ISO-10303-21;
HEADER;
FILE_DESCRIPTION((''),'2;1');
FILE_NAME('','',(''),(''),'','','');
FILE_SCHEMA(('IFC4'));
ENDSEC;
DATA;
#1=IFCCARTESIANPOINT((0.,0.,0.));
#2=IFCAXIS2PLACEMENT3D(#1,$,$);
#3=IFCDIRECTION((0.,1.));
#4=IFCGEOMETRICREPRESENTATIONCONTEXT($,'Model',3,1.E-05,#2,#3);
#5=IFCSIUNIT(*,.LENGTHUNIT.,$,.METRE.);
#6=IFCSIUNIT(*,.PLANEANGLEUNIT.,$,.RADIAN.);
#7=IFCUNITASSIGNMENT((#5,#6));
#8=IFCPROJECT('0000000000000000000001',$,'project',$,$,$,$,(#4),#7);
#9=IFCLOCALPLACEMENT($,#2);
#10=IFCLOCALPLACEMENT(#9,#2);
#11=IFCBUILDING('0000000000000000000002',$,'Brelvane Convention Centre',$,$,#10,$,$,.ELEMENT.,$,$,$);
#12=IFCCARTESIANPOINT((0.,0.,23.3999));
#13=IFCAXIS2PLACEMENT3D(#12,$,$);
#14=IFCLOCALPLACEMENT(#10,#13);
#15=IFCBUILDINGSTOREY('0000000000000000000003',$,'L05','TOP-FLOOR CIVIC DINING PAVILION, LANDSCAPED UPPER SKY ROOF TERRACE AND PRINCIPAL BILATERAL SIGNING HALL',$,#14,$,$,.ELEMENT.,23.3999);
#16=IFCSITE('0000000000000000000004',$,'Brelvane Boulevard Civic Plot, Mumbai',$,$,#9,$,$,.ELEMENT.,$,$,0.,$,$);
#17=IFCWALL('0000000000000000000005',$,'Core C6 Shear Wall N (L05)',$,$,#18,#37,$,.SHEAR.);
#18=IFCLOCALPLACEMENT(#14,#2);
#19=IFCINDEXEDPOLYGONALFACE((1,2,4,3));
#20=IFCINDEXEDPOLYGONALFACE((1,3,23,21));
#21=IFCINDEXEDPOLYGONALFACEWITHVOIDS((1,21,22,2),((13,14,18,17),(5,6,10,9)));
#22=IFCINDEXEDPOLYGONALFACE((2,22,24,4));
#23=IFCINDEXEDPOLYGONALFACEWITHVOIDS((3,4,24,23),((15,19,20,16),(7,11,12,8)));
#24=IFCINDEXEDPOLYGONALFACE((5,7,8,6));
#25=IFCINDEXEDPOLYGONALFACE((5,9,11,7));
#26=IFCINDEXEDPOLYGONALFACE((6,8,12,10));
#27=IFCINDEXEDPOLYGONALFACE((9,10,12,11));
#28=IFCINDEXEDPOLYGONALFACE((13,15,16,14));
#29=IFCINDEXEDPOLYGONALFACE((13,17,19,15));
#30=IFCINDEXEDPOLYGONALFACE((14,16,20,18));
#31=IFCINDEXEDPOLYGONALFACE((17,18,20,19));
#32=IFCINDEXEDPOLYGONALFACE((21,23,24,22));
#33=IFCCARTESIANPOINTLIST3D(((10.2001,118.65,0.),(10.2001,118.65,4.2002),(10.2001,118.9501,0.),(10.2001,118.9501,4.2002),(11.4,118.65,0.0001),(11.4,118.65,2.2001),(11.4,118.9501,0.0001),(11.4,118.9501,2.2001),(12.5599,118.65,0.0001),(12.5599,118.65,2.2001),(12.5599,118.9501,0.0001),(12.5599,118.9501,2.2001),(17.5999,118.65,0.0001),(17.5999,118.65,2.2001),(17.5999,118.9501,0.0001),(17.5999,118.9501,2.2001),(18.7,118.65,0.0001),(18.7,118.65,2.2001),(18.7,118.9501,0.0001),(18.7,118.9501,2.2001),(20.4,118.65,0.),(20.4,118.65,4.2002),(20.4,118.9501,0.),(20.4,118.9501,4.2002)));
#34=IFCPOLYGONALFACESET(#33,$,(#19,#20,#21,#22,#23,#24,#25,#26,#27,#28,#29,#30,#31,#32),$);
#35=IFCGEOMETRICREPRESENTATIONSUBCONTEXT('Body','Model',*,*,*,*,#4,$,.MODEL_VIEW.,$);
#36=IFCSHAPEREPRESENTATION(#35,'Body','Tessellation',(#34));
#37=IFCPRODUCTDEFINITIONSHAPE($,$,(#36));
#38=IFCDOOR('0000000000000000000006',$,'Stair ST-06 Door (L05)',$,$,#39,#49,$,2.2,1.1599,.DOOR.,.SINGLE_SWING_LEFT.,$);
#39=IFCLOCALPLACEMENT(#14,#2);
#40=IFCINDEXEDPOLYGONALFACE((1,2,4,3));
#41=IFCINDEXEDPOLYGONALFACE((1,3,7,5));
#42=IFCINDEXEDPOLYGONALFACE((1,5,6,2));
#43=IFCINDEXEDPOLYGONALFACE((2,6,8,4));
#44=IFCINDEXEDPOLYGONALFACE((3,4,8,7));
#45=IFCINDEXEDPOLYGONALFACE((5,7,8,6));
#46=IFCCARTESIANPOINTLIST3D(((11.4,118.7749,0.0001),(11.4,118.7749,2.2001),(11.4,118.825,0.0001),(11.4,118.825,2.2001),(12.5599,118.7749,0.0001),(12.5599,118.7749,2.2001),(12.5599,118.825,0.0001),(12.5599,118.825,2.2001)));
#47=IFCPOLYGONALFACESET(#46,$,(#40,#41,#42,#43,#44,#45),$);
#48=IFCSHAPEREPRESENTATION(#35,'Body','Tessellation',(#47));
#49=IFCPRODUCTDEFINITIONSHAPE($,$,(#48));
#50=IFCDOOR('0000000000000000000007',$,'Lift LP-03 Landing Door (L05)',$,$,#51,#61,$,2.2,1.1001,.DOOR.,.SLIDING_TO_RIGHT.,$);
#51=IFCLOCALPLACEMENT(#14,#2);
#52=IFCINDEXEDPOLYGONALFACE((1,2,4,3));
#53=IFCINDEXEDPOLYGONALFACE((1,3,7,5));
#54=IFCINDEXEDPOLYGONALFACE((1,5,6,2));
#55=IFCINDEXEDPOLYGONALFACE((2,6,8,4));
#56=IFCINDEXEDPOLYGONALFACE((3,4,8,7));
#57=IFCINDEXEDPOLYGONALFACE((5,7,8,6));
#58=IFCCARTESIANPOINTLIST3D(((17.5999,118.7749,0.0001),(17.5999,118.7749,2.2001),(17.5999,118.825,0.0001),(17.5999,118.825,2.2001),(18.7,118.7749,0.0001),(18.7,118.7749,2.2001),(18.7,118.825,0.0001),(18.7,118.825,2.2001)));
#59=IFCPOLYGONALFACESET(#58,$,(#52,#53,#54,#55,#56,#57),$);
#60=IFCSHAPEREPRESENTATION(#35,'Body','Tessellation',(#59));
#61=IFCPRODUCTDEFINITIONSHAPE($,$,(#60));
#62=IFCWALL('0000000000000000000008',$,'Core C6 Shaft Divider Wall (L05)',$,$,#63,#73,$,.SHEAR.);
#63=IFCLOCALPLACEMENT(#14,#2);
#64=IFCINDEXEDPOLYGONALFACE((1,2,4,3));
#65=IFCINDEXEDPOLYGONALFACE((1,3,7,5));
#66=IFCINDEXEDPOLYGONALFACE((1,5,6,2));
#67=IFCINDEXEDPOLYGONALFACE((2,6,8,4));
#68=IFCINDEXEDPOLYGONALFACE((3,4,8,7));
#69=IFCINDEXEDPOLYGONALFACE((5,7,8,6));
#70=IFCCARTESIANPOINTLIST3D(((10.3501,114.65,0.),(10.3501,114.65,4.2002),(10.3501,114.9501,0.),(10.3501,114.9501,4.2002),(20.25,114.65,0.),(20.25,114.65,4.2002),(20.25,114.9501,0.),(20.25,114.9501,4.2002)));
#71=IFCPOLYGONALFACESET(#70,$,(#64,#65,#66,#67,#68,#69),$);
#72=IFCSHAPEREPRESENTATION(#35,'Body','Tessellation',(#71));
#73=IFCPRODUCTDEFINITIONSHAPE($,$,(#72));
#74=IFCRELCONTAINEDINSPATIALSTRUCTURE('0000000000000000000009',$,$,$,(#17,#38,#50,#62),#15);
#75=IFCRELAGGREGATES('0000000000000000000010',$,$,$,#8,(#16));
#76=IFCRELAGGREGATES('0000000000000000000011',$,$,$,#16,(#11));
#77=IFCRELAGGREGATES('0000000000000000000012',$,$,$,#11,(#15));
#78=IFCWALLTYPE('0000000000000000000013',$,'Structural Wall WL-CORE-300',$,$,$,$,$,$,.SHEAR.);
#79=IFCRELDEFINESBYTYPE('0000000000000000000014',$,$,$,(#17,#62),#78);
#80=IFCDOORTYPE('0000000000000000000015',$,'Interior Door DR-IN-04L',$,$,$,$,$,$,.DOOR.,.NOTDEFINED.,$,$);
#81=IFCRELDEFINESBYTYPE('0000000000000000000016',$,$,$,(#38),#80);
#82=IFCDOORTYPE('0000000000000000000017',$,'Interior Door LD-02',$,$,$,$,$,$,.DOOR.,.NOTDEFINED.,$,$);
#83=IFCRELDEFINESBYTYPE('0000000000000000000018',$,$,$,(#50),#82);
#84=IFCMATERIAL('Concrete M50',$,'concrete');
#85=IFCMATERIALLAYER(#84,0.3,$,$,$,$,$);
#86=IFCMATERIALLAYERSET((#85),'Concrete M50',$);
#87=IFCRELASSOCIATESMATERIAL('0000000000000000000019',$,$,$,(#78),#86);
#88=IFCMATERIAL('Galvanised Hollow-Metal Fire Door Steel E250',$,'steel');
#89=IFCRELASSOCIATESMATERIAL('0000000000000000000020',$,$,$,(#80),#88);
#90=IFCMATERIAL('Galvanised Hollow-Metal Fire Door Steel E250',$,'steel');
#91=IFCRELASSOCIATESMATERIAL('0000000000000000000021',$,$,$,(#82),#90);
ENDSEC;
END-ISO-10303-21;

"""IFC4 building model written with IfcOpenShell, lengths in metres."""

from ifc_helpers import new_model, si_unit, direction, frame, frame_2d, origin, place, context, subcontext, project, spatial, rectangle, extrude, material, layer, layer_set, type_object, element, fill, save


model = new_model("IFC4")

# Units and contexts
model_context = context("Model", 3, precision=1e-05, world=origin(), true_north=direction((0.0, 1.0)))
body_context = subcontext(model_context, "Body", "Model", "MODEL_VIEW")
ifc_project = project(units=[si_unit("LENGTHUNIT", "METRE"), si_unit("PLANEANGLEUNIT", "RADIAN")], contexts=[model_context])

# Site, building, storey
site_placement = place(None, origin())
site = spatial("IfcSite", under=ifc_project, at=site_placement, Name="Brelvane Boulevard Civic Plot, Mumbai", CompositionType="ELEMENT", RefElevation=0.0)
building_placement = place(site_placement, origin())
building = spatial("IfcBuilding", under=site, at=building_placement, Name="Brelvane Convention Centre", CompositionType="ELEMENT")
storey_placement = place(building_placement, frame((0.0, 0.0, 23.3999)))
storey = spatial("IfcBuildingStorey", under=building, at=storey_placement, Name="L05", Description="TOP-FLOOR CIVIC DINING PAVILION, LANDSCAPED UPPER SKY ROOF TERRACE AND PRINCIPAL BILATERAL SIGNING HALL", CompositionType="ELEMENT", Elevation=23.3999)

# Wall, openings, doors
ifc_material_1 = material(Name="Concrete M50", Category="concrete")
ifc_layer_1 = layer(ifc_material_1, 0.3)
ifc_layer_set_1 = layer_set([ifc_layer_1], Name="Concrete M50")
wall_type_1 = type_object("IfcWallType", Name="Structural Wall WL-CORE-300", PredefinedType="SHEAR", material=ifc_layer_set_1)
wall_1_placement = place(storey_placement, frame((10.2, 118.8, 0.0), z_axis=(0.0, 0.0, 1.0), x_axis=(1.0, 0.0, 0.0)))
wall_1 = element("IfcWall", 1, at=wall_1_placement, inside=storey, type_object=wall_type_1, Name="Core C6 Shear Wall N (L05)", PredefinedType="SHEAR", context=body_context, shape_type="SweptSolid", body=[
    extrude(rectangle(XDim=10.2, YDim=0.3, at=frame_2d((5.1001, 0.0))), origin(), (0.0, 0.0, 1.0), 4.2002),
])
opening_1_placement = place(wall_1_placement, frame((1.2, 0.0, 0.0)))
opening_1 = element("IfcOpeningElement", 2, at=opening_1_placement, cuts=wall_1, PredefinedType="OPENING", context=body_context, shape_type="SweptSolid", body=[
    extrude(rectangle(XDim=1.1599, YDim=2.2, at=frame_2d((0.5801, 1.1001))), frame((0.0, 0.1599, 0.0), z_axis=(0.0, -1.0, 0.0), x_axis=(1.0, 0.0, 0.0)), (0.0, 0.0, 1.0), 0.3201),
])
opening_2_placement = place(wall_1_placement, frame((7.3999, 0.0, 0.0)))
opening_2 = element("IfcOpeningElement", 3, at=opening_2_placement, cuts=wall_1, PredefinedType="OPENING", context=body_context, shape_type="SweptSolid", body=[
    extrude(rectangle(XDim=1.1001, YDim=2.2, at=frame_2d((0.55, 1.1001))), frame((0.0, 0.1599, 0.0), z_axis=(0.0, -1.0, 0.0), x_axis=(1.0, 0.0, 0.0)), (0.0, 0.0, 1.0), 0.3201),
])
ifc_material_2 = material(Name="Galvanised Hollow-Metal Fire Door Steel E250", Category="steel")
door_type_1 = type_object("IfcDoorType", Name="Interior Door DR-IN-04L", OperationType="NOTDEFINED", PredefinedType="DOOR", material=ifc_material_2)
door_1_placement = place(opening_1_placement, origin())
door_1 = element("IfcDoor", 4, at=door_1_placement, inside=storey, type_object=door_type_1, Name="Stair ST-06 Door (L05)", OperationType="SINGLE_SWING_LEFT", OverallHeight=2.2, OverallWidth=1.1599, PredefinedType="DOOR", context=body_context, shape_type="SweptSolid", body=[
    extrude(rectangle(XDim=1.1599, YDim=2.2, at=frame_2d((0.5801, 1.1001))), frame((0.0, 0.0249, 0.0), z_axis=(0.0, -1.0, 0.0), x_axis=(1.0, 0.0, 0.0)), (0.0, 0.0, 1.0), 0.05),
])
fill(opening_1, door_1)
ifc_material_3 = material(Name="Galvanised Hollow-Metal Fire Door Steel E250", Category="steel")
door_type_2 = type_object("IfcDoorType", Name="Interior Door LD-02", OperationType="NOTDEFINED", PredefinedType="DOOR", material=ifc_material_3)
door_2_placement = place(opening_2_placement, origin())
door_2 = element("IfcDoor", 5, at=door_2_placement, inside=storey, type_object=door_type_2, Name="Lift LP-03 Landing Door (L05)", OperationType="SLIDING_TO_RIGHT", OverallHeight=2.2, OverallWidth=1.1001, PredefinedType="DOOR", context=body_context, shape_type="SweptSolid", body=[
    extrude(rectangle(XDim=1.1001, YDim=2.2, at=frame_2d((0.55, 1.1001))), frame((0.0, 0.0249, 0.0), z_axis=(0.0, -1.0, 0.0), x_axis=(1.0, 0.0, 0.0)), (0.0, 0.0, 1.0), 0.05),
])
fill(opening_2, door_2)

# Wall
wall_2_placement = place(storey_placement, frame((10.3501, 114.8, 0.0), z_axis=(0.0, 0.0, 1.0), x_axis=(1.0, 0.0, 0.0)))
element("IfcWall", 6, at=wall_2_placement, inside=storey, type_object=wall_type_1, Name="Core C6 Shaft Divider Wall (L05)", PredefinedType="SHEAR", context=body_context, shape_type="SweptSolid", body=[
    extrude(rectangle(XDim=9.8999, YDim=0.3, at=frame_2d((4.95, 0.0))), origin(), (0.0, 0.0, 1.0), 4.2002),
])

save(model, "model.ifc")
